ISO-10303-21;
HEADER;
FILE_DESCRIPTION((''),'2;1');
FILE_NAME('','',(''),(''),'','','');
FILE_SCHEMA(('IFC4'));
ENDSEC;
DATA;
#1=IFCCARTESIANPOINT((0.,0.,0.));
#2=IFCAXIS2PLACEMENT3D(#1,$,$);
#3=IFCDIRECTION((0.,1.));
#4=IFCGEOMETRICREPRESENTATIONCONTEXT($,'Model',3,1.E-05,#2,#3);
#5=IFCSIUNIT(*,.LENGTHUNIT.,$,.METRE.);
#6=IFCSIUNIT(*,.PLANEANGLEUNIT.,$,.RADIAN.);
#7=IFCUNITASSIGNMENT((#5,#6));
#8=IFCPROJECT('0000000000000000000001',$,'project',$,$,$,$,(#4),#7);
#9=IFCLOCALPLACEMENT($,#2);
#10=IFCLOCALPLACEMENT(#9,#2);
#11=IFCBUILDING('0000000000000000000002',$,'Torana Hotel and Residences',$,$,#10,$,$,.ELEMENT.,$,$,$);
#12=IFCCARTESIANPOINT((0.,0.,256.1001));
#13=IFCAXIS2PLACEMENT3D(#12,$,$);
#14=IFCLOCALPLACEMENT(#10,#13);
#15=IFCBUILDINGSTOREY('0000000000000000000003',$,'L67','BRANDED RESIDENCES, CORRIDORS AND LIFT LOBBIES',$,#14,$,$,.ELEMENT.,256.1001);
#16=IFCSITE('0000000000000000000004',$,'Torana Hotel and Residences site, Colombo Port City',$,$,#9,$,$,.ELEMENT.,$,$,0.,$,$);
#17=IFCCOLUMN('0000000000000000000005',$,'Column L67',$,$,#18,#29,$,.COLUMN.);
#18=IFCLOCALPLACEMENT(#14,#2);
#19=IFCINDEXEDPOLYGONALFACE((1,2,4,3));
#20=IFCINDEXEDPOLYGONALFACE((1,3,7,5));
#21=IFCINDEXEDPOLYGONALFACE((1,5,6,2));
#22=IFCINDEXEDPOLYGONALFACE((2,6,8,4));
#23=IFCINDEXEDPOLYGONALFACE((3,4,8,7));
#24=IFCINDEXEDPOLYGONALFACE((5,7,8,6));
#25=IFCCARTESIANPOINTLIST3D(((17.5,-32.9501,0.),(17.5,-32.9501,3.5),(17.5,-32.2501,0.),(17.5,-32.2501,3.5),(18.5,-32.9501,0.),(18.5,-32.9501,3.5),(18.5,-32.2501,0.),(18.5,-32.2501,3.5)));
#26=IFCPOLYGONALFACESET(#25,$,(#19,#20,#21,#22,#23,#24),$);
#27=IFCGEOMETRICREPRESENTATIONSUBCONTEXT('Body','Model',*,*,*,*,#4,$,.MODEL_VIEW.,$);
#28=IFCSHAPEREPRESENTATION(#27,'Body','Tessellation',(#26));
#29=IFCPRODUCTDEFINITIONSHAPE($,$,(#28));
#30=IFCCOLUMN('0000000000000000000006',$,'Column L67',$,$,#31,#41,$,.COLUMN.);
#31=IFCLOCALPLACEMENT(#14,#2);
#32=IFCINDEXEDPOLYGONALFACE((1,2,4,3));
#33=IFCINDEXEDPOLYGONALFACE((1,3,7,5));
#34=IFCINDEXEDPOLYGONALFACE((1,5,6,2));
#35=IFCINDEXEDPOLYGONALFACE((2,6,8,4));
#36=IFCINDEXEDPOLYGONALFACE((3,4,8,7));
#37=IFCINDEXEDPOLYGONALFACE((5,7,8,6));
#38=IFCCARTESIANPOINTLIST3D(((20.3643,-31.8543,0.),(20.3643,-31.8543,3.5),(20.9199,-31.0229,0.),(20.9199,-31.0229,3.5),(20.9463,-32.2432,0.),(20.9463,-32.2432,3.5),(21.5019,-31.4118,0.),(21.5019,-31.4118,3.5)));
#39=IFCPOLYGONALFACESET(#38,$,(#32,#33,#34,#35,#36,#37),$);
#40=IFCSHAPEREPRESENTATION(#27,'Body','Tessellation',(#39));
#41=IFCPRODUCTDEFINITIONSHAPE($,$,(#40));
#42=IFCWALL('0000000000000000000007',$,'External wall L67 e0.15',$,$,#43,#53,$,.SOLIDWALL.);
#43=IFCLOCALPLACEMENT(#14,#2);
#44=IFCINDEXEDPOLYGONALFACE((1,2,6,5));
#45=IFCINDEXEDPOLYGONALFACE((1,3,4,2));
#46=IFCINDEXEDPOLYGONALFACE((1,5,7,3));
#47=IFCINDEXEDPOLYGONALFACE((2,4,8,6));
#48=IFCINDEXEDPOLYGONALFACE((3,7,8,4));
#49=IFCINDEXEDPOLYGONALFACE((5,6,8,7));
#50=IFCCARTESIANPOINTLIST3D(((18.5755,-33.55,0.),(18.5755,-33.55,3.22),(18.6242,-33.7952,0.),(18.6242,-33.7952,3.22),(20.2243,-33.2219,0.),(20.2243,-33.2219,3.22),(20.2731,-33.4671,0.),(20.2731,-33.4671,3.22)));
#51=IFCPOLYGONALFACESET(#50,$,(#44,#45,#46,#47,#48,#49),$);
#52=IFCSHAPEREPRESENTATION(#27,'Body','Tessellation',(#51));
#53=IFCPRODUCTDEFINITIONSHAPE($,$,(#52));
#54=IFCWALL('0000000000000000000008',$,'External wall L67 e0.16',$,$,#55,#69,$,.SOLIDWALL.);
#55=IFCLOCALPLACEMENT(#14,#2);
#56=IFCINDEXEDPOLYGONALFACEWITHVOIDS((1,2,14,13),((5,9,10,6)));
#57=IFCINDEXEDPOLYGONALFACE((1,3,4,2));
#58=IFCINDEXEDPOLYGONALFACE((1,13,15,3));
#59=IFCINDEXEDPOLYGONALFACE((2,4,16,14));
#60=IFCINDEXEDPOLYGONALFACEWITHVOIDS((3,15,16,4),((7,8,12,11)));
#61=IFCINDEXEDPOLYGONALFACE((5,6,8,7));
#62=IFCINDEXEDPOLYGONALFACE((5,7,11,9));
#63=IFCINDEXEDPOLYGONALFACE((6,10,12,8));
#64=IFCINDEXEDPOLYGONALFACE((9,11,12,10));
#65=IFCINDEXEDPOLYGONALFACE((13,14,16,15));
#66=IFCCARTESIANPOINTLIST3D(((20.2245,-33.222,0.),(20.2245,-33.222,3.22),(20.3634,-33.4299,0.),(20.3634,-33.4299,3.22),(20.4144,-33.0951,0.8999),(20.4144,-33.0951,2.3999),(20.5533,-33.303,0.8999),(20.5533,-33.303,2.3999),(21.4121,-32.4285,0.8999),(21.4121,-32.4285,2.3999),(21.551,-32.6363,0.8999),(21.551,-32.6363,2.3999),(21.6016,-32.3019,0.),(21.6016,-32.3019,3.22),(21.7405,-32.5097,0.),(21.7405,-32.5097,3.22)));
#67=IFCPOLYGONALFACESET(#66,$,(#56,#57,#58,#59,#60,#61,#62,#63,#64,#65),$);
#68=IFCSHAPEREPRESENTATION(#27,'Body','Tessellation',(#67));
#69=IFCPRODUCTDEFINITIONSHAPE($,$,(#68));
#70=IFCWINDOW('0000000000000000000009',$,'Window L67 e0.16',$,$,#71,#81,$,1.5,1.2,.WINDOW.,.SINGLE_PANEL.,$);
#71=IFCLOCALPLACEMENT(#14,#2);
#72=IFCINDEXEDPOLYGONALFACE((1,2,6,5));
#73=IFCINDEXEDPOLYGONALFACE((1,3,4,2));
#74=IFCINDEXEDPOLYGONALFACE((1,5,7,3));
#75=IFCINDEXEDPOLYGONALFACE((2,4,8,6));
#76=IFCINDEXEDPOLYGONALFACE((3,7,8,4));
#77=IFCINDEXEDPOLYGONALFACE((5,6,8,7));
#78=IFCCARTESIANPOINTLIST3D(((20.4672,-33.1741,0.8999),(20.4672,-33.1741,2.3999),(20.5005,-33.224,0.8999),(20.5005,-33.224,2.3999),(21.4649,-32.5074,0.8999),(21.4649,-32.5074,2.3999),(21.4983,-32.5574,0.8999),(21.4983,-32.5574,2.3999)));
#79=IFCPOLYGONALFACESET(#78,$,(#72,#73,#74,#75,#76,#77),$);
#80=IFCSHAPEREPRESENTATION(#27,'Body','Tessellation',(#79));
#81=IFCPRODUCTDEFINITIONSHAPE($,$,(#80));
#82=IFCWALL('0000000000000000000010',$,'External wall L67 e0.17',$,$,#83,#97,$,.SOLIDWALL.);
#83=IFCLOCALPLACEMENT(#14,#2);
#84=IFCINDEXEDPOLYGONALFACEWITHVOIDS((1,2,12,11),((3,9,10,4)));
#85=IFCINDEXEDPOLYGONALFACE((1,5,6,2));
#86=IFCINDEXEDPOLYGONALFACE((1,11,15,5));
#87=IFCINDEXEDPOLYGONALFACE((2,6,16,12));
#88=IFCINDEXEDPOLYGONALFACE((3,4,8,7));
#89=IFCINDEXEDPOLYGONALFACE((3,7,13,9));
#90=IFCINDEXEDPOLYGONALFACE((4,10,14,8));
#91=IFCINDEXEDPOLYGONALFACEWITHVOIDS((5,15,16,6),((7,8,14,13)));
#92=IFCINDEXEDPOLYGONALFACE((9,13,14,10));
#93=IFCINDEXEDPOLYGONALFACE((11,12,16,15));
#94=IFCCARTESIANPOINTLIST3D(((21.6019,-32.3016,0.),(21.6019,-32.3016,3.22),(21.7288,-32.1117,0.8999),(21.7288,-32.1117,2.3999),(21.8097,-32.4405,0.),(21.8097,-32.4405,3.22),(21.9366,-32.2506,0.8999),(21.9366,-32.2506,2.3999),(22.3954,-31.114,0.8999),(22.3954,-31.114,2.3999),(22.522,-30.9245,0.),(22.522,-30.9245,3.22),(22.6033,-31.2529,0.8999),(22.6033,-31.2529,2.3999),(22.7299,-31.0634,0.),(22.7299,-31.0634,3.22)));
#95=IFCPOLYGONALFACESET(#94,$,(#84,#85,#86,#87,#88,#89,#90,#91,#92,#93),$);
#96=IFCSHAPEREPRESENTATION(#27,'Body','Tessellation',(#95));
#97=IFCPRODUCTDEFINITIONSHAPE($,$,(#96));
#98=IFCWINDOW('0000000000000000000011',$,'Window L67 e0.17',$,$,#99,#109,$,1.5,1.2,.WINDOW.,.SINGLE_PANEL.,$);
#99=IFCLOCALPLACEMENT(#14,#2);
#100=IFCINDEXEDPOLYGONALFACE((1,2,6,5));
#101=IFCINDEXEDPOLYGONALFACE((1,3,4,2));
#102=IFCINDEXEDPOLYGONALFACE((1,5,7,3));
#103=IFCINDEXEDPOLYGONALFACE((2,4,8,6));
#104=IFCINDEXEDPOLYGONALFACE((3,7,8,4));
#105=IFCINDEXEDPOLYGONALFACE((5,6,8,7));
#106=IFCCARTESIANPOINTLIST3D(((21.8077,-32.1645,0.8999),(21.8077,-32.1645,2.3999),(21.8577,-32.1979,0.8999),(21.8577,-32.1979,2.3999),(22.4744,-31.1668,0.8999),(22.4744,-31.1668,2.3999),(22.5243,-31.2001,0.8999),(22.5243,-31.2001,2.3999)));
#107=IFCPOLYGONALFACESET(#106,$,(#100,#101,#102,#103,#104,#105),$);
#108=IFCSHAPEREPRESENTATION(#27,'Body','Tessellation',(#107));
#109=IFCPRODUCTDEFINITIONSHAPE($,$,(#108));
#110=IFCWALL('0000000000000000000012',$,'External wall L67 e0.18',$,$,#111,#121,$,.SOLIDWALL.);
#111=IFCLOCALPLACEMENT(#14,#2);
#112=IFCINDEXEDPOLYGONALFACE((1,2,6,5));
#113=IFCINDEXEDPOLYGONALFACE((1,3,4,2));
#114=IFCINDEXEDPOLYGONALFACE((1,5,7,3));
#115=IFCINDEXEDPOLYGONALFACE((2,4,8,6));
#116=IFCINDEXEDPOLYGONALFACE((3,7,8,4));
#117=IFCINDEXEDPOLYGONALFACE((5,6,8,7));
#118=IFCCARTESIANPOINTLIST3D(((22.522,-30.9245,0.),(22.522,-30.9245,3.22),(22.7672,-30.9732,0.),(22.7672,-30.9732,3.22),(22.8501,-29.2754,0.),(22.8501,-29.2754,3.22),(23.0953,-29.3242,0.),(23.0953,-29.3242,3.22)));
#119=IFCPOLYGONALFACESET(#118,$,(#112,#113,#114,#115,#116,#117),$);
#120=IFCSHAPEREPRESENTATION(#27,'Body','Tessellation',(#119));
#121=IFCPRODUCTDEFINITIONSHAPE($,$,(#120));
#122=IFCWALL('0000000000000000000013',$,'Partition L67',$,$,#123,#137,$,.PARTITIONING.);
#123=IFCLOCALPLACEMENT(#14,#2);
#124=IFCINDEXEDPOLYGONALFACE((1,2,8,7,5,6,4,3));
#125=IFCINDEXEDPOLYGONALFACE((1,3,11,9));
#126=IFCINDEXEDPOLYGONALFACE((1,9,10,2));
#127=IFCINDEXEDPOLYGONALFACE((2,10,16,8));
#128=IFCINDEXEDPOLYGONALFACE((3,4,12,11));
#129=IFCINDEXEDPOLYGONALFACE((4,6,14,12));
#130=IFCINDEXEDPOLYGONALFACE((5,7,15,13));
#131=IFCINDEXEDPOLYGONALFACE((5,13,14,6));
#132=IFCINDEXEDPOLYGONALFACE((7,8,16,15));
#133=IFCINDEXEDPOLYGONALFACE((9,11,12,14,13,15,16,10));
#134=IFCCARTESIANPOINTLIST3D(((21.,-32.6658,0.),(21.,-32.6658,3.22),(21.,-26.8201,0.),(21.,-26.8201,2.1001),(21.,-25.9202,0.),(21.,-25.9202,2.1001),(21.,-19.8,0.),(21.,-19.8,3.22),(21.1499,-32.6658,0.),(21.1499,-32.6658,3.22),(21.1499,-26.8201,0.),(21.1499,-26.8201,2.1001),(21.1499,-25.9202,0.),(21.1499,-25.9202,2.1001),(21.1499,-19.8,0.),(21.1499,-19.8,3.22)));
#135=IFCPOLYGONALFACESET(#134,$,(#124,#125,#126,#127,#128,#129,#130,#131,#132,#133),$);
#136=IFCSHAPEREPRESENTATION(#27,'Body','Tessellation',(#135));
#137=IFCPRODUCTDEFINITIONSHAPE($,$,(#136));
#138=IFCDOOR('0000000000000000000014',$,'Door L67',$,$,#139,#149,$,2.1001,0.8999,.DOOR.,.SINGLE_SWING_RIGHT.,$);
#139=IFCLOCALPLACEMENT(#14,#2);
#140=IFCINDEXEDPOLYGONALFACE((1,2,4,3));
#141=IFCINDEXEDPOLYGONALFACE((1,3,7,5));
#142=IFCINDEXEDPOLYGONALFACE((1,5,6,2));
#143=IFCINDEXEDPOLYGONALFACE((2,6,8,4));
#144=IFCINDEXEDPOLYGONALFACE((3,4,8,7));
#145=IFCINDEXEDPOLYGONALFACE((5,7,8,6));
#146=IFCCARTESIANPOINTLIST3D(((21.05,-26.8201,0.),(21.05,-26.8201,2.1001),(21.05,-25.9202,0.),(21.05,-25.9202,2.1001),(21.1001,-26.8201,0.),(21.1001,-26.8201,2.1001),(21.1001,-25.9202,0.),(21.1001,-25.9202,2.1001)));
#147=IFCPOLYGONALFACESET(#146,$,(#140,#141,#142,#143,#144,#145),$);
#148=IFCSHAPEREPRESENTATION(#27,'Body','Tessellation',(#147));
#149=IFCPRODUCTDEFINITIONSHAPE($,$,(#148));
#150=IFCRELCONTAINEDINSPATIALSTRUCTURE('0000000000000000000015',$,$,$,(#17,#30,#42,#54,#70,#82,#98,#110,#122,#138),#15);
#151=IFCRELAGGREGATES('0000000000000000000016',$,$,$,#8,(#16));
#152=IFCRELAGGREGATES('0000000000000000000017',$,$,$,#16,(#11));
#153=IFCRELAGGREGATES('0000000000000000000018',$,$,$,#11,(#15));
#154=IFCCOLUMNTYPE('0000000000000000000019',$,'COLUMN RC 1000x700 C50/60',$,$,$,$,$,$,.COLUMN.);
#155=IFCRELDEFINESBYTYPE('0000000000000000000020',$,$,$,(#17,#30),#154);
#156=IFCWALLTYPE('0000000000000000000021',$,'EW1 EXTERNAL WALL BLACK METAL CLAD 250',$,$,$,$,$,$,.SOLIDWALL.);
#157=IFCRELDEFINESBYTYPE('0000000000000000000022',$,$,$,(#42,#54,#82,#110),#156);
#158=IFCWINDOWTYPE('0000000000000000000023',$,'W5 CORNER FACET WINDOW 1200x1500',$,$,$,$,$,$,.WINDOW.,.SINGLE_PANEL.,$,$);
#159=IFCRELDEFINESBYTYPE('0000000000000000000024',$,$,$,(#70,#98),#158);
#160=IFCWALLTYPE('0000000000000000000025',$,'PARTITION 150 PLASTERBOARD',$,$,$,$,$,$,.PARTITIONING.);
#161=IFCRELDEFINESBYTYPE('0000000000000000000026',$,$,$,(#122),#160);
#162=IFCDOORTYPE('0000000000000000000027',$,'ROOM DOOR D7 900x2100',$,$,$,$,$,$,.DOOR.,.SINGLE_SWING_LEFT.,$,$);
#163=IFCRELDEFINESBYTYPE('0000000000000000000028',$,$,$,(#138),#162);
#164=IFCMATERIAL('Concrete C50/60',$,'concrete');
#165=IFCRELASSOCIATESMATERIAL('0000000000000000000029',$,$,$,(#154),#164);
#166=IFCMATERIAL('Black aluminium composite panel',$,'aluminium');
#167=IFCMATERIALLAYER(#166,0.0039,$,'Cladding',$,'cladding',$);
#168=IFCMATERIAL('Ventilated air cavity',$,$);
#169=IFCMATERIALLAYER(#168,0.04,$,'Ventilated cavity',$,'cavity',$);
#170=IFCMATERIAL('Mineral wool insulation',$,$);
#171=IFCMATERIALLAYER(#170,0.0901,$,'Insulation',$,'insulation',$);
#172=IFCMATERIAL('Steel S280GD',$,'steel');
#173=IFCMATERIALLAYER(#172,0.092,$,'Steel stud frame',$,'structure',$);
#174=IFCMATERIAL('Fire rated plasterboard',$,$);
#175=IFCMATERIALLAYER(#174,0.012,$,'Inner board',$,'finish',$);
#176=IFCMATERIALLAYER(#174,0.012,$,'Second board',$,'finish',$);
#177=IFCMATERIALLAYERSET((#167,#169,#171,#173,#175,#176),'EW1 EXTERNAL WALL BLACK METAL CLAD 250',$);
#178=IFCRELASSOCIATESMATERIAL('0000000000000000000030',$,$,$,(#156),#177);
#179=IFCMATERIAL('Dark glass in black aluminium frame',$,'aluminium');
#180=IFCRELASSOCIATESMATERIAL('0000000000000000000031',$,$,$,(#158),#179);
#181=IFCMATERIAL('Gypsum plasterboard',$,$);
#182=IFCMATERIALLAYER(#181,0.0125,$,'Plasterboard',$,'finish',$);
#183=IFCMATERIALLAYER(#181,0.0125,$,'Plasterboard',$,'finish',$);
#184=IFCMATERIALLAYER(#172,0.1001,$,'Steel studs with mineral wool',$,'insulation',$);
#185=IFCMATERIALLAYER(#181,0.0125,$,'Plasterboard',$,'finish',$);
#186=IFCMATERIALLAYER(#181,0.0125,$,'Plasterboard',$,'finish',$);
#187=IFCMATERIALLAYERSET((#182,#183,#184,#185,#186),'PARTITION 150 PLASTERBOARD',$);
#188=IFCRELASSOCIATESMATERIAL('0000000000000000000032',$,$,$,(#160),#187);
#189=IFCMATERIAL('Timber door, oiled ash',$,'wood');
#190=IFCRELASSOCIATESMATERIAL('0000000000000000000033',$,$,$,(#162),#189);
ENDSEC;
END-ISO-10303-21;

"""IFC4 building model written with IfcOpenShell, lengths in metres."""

from ifc_helpers import new_model, si_unit, direction, frame, frame_2d, origin, origin_2d, place, context, subcontext, project, spatial, rectangle, extrude, material, layer, layer_set, material_profile, profile_set, type_object, element, fill, save


model = new_model("IFC4")

# Units and contexts
model_context = context("Model", 3, precision=1e-05, world=origin(), true_north=direction((0.0, 1.0)))
body_context = subcontext(model_context, "Body", "Model", "MODEL_VIEW")
ifc_project = project(units=[si_unit("LENGTHUNIT", "METRE"), si_unit("PLANEANGLEUNIT", "RADIAN")], contexts=[model_context])

# Site, building, storey
site_placement = place(None, origin())
site = spatial("IfcSite", under=ifc_project, at=site_placement, Name="Torana Hotel and Residences site, Colombo Port City", CompositionType="ELEMENT", RefElevation=0.0)
building_placement = place(site_placement, origin())
building = spatial("IfcBuilding", under=site, at=building_placement, Name="Torana Hotel and Residences", CompositionType="ELEMENT")
storey_placement = place(building_placement, frame((0.0, 0.0, 256.1001)))
storey = spatial("IfcBuildingStorey", under=building, at=storey_placement, Name="L67", Description="BRANDED RESIDENCES, CORRIDORS AND LIFT LOBBIES", CompositionType="ELEMENT", Elevation=256.1001)

# Columns
ifc_material_1 = material(Name="Concrete C50/60", Category="concrete")
ifc_material_profile = material_profile(ifc_material_1, rectangle(XDim=1.0, YDim=0.7, at=origin_2d()), Name="RC 1000x700")
ifc_profile_set = profile_set([ifc_material_profile], Name="Concrete C50/60")
column_type = type_object("IfcColumnType", Name="COLUMN RC 1000x700 C50/60", PredefinedType="COLUMN", material=ifc_profile_set)
for number, where, z_axis, x_axis, name in (
    (1, (18.0, -32.6001, 0.0), (0.0, 0.0, 1.0), (1.0, 0.0, 0.0), "Column L67"),
    (2, (20.9331, -31.6331, 0.0), (0.0, 0.0, 1.0), (0.555585, 0.83146, 0.0), "Column L67"),
):
    element("IfcColumn", number, at=place(storey_placement, frame(where, z_axis=z_axis, x_axis=x_axis)), inside=storey, type_object=column_type, Name=name, PredefinedType="COLUMN", context=body_context, shape_type="SweptSolid", body=[
        extrude(rectangle(XDim=1.0, YDim=0.7, at=origin_2d()), origin(), (0.0, 0.0, 1.0), 3.5),
    ])

# Wall
ifc_material_2 = material(Name="Black aluminium composite panel", Category="aluminium")
ifc_layer_1 = layer(ifc_material_2, 0.0039, Name="Cladding", Category="cladding")
ifc_material_3 = material(Name="Ventilated air cavity")
ifc_layer_2 = layer(ifc_material_3, 0.04, Name="Ventilated cavity", Category="cavity")
ifc_material_4 = material(Name="Mineral wool insulation")
ifc_layer_3 = layer(ifc_material_4, 0.0901, Name="Insulation", Category="insulation")
ifc_material_5 = material(Name="Steel S280GD", Category="steel")
ifc_layer_4 = layer(ifc_material_5, 0.092, Name="Steel stud frame", Category="structure")
ifc_material_6 = material(Name="Fire rated plasterboard")
ifc_layer_5 = layer(ifc_material_6, 0.012, Name="Inner board", Category="finish")
ifc_layer_6 = layer(ifc_material_6, 0.012, Name="Second board", Category="finish")
ifc_layer_set_1 = layer_set([ifc_layer_1, ifc_layer_2, ifc_layer_3, ifc_layer_4, ifc_layer_5, ifc_layer_6], Name="EW1 EXTERNAL WALL BLACK METAL CLAD 250")
wall_type_1 = type_object("IfcWallType", Name="EW1 EXTERNAL WALL BLACK METAL CLAD 250", PredefinedType="SOLIDWALL", material=ifc_layer_set_1)
wall_1_placement = place(storey_placement, frame((18.5999, -33.6726, 0.0), z_axis=(0.0, 0.0, 1.0), x_axis=(0.98077, 0.195167, 0.0)))
element("IfcWall", 3, at=wall_1_placement, inside=storey, type_object=wall_type_1, Name="External wall L67 e0.15", PredefinedType="SOLIDWALL", context=body_context, shape_type="SweptSolid", body=[
    extrude(rectangle(XDim=1.6812, YDim=0.25, at=frame_2d((0.8406, 0.0))), origin(), (0.0, 0.0, 1.0), 3.22),
])

# Walls, openings, windows
wall_2_placement = place(storey_placement, frame((20.2939, -33.3259, 0.0), z_axis=(0.0, 0.0, 1.0), x_axis=(0.831483, 0.55555, 0.0)))
wall_2 = element("IfcWall", 4, at=wall_2_placement, inside=storey, type_object=wall_type_1, Name="External wall L67 e0.16", PredefinedType="SOLIDWALL", context=body_context, shape_type="SweptSolid", body=[
    extrude(rectangle(XDim=1.6562, YDim=0.25, at=frame_2d((0.8281, 0.0))), origin(), (0.0, 0.0, 1.0), 3.22),
])
opening_1_placement = place(wall_2_placement, frame((0.2283, 0.0, 0.8999)))
opening_1 = element("IfcOpeningElement", 5, at=opening_1_placement, cuts=wall_2, PredefinedType="OPENING", context=body_context, shape_type="SweptSolid", body=[
    extrude(rectangle(XDim=1.2, YDim=1.5, at=frame_2d((0.6001, 0.75))), frame((0.0, 0.135, 0.0), z_axis=(0.0, -1.0, 0.0), x_axis=(1.0, 0.0, 0.0)), (0.0, 0.0, 1.0), 0.27),
])
ifc_material_7 = material(Name="Dark glass in black aluminium frame", Category="aluminium")
window_type_1 = type_object("IfcWindowType", Name="W5 CORNER FACET WINDOW 1200x1500", PartitioningType="SINGLE_PANEL", PredefinedType="WINDOW", material=ifc_material_7)
window_1_placement = place(opening_1_placement, origin())
window_1 = element("IfcWindow", 6, at=window_1_placement, inside=storey, type_object=window_type_1, Name="Window L67 e0.16", OverallHeight=1.5, OverallWidth=1.2, PartitioningType="SINGLE_PANEL", PredefinedType="WINDOW", context=body_context, shape_type="SweptSolid", body=[
    extrude(rectangle(XDim=1.2, YDim=1.5, at=frame_2d((0.6001, 0.75))), frame((0.0, 0.03, 0.0), z_axis=(0.0, -1.0, 0.0), x_axis=(1.0, 0.0, 0.0)), (0.0, 0.0, 1.0), 0.0601),
])
fill(opening_1, window_1)
wall_3_placement = place(storey_placement, frame((21.7058, -32.3711, 0.0), z_axis=(0.0, 0.0, 1.0), x_axis=(0.55555, 0.831483, 0.0)))
wall_3 = element("IfcWall", 7, at=wall_3_placement, inside=storey, type_object=wall_type_1, Name="External wall L67 e0.17", PredefinedType="SOLIDWALL", context=body_context, shape_type="SweptSolid", body=[
    extrude(rectangle(XDim=1.6562, YDim=0.25, at=frame_2d((0.8281, 0.0))), origin(), (0.0, 0.0, 1.0), 3.22),
])
opening_2_placement = place(wall_3_placement, frame((0.2283, 0.0, 0.8999)))
opening_2 = element("IfcOpeningElement", 8, at=opening_2_placement, cuts=wall_3, PredefinedType="OPENING", context=body_context, shape_type="SweptSolid", body=[
    extrude(rectangle(XDim=1.2, YDim=1.5, at=frame_2d((0.6001, 0.75))), frame((0.0, 0.135, 0.0), z_axis=(0.0, -1.0, 0.0), x_axis=(1.0, 0.0, 0.0)), (0.0, 0.0, 1.0), 0.27),
])
window_2_placement = place(opening_2_placement, origin())
window_2 = element("IfcWindow", 9, at=window_2_placement, inside=storey, type_object=window_type_1, Name="Window L67 e0.17", OverallHeight=1.5, OverallWidth=1.2, PartitioningType="SINGLE_PANEL", PredefinedType="WINDOW", context=body_context, shape_type="SweptSolid", body=[
    extrude(rectangle(XDim=1.2, YDim=1.5, at=frame_2d((0.6001, 0.75))), frame((0.0, 0.03, 0.0), z_axis=(0.0, -1.0, 0.0), x_axis=(1.0, 0.0, 0.0)), (0.0, 0.0, 1.0), 0.0601),
])
fill(opening_2, window_2)

# Wall
wall_4_placement = place(storey_placement, frame((22.6445, -30.949, 0.0), z_axis=(0.0, 0.0, 1.0), x_axis=(0.195139, 0.980776, 0.0)))
element("IfcWall", 10, at=wall_4_placement, inside=storey, type_object=wall_type_1, Name="External wall L67 e0.18", PredefinedType="SOLIDWALL", context=body_context, shape_type="SweptSolid", body=[
    extrude(rectangle(XDim=1.6814, YDim=0.25, at=frame_2d((0.8408, 0.0))), origin(), (0.0, 0.0, 1.0), 3.22),
])

# Wall, opening, door
ifc_material_8 = material(Name="Gypsum plasterboard")
ifc_layer_7 = layer(ifc_material_8, 0.0125, Name="Plasterboard", Category="finish")
ifc_layer_8 = layer(ifc_material_8, 0.0125, Name="Plasterboard", Category="finish")
ifc_layer_9 = layer(ifc_material_5, 0.1001, Name="Steel studs with mineral wool", Category="insulation")
ifc_layer_10 = layer(ifc_material_8, 0.0125, Name="Plasterboard", Category="finish")
ifc_layer_11 = layer(ifc_material_8, 0.0125, Name="Plasterboard", Category="finish")
ifc_layer_set_2 = layer_set([ifc_layer_7, ifc_layer_8, ifc_layer_9, ifc_layer_10, ifc_layer_11], Name="PARTITION 150 PLASTERBOARD")
wall_type_2 = type_object("IfcWallType", Name="PARTITION 150 PLASTERBOARD", PredefinedType="PARTITIONING", material=ifc_layer_set_2)
wall_5_placement = place(storey_placement, frame((21.075, -32.6658, 0.0), z_axis=(0.0, 0.0, 1.0), x_axis=(0.0, 1.0, 0.0)))
wall_5 = element("IfcWall", 11, at=wall_5_placement, inside=storey, type_object=wall_type_2, Name="Partition L67", PredefinedType="PARTITIONING", context=body_context, shape_type="SweptSolid", body=[
    extrude(rectangle(XDim=12.8657, YDim=0.1499, at=frame_2d((6.4329, 0.0))), origin(), (0.0, 0.0, 1.0), 3.22),
])
opening_3_placement = place(wall_5_placement, frame((5.8457, 0.0, 0.0)))
opening_3 = element("IfcOpeningElement", 12, at=opening_3_placement, cuts=wall_5, PredefinedType="OPENING", context=body_context, shape_type="SweptSolid", body=[
    extrude(rectangle(XDim=0.8999, YDim=2.1001, at=frame_2d((0.45, 1.05))), frame((0.0, 0.085, 0.0), z_axis=(0.0, -1.0, 0.0), x_axis=(1.0, 0.0, 0.0)), (0.0, 0.0, 1.0), 0.1699),
])
ifc_material_9 = material(Name="Timber door, oiled ash", Category="wood")
door_type_1 = type_object("IfcDoorType", Name="ROOM DOOR D7 900x2100", OperationType="SINGLE_SWING_LEFT", PredefinedType="DOOR", material=ifc_material_9)
door_1_placement = place(opening_3_placement, origin())
door_1 = element("IfcDoor", 13, at=door_1_placement, inside=storey, type_object=door_type_1, Name="Door L67", OperationType="SINGLE_SWING_RIGHT", OverallHeight=2.1001, OverallWidth=0.8999, PredefinedType="DOOR", context=body_context, shape_type="SweptSolid", body=[
    extrude(rectangle(XDim=0.8999, YDim=2.1001, at=frame_2d((0.45, 1.05))), frame((0.0, 0.0249, 0.0), z_axis=(0.0, -1.0, 0.0), x_axis=(1.0, 0.0, 0.0)), (0.0, 0.0, 1.0), 0.05),
])
fill(opening_3, door_1)

save(model, "model.ifc")
